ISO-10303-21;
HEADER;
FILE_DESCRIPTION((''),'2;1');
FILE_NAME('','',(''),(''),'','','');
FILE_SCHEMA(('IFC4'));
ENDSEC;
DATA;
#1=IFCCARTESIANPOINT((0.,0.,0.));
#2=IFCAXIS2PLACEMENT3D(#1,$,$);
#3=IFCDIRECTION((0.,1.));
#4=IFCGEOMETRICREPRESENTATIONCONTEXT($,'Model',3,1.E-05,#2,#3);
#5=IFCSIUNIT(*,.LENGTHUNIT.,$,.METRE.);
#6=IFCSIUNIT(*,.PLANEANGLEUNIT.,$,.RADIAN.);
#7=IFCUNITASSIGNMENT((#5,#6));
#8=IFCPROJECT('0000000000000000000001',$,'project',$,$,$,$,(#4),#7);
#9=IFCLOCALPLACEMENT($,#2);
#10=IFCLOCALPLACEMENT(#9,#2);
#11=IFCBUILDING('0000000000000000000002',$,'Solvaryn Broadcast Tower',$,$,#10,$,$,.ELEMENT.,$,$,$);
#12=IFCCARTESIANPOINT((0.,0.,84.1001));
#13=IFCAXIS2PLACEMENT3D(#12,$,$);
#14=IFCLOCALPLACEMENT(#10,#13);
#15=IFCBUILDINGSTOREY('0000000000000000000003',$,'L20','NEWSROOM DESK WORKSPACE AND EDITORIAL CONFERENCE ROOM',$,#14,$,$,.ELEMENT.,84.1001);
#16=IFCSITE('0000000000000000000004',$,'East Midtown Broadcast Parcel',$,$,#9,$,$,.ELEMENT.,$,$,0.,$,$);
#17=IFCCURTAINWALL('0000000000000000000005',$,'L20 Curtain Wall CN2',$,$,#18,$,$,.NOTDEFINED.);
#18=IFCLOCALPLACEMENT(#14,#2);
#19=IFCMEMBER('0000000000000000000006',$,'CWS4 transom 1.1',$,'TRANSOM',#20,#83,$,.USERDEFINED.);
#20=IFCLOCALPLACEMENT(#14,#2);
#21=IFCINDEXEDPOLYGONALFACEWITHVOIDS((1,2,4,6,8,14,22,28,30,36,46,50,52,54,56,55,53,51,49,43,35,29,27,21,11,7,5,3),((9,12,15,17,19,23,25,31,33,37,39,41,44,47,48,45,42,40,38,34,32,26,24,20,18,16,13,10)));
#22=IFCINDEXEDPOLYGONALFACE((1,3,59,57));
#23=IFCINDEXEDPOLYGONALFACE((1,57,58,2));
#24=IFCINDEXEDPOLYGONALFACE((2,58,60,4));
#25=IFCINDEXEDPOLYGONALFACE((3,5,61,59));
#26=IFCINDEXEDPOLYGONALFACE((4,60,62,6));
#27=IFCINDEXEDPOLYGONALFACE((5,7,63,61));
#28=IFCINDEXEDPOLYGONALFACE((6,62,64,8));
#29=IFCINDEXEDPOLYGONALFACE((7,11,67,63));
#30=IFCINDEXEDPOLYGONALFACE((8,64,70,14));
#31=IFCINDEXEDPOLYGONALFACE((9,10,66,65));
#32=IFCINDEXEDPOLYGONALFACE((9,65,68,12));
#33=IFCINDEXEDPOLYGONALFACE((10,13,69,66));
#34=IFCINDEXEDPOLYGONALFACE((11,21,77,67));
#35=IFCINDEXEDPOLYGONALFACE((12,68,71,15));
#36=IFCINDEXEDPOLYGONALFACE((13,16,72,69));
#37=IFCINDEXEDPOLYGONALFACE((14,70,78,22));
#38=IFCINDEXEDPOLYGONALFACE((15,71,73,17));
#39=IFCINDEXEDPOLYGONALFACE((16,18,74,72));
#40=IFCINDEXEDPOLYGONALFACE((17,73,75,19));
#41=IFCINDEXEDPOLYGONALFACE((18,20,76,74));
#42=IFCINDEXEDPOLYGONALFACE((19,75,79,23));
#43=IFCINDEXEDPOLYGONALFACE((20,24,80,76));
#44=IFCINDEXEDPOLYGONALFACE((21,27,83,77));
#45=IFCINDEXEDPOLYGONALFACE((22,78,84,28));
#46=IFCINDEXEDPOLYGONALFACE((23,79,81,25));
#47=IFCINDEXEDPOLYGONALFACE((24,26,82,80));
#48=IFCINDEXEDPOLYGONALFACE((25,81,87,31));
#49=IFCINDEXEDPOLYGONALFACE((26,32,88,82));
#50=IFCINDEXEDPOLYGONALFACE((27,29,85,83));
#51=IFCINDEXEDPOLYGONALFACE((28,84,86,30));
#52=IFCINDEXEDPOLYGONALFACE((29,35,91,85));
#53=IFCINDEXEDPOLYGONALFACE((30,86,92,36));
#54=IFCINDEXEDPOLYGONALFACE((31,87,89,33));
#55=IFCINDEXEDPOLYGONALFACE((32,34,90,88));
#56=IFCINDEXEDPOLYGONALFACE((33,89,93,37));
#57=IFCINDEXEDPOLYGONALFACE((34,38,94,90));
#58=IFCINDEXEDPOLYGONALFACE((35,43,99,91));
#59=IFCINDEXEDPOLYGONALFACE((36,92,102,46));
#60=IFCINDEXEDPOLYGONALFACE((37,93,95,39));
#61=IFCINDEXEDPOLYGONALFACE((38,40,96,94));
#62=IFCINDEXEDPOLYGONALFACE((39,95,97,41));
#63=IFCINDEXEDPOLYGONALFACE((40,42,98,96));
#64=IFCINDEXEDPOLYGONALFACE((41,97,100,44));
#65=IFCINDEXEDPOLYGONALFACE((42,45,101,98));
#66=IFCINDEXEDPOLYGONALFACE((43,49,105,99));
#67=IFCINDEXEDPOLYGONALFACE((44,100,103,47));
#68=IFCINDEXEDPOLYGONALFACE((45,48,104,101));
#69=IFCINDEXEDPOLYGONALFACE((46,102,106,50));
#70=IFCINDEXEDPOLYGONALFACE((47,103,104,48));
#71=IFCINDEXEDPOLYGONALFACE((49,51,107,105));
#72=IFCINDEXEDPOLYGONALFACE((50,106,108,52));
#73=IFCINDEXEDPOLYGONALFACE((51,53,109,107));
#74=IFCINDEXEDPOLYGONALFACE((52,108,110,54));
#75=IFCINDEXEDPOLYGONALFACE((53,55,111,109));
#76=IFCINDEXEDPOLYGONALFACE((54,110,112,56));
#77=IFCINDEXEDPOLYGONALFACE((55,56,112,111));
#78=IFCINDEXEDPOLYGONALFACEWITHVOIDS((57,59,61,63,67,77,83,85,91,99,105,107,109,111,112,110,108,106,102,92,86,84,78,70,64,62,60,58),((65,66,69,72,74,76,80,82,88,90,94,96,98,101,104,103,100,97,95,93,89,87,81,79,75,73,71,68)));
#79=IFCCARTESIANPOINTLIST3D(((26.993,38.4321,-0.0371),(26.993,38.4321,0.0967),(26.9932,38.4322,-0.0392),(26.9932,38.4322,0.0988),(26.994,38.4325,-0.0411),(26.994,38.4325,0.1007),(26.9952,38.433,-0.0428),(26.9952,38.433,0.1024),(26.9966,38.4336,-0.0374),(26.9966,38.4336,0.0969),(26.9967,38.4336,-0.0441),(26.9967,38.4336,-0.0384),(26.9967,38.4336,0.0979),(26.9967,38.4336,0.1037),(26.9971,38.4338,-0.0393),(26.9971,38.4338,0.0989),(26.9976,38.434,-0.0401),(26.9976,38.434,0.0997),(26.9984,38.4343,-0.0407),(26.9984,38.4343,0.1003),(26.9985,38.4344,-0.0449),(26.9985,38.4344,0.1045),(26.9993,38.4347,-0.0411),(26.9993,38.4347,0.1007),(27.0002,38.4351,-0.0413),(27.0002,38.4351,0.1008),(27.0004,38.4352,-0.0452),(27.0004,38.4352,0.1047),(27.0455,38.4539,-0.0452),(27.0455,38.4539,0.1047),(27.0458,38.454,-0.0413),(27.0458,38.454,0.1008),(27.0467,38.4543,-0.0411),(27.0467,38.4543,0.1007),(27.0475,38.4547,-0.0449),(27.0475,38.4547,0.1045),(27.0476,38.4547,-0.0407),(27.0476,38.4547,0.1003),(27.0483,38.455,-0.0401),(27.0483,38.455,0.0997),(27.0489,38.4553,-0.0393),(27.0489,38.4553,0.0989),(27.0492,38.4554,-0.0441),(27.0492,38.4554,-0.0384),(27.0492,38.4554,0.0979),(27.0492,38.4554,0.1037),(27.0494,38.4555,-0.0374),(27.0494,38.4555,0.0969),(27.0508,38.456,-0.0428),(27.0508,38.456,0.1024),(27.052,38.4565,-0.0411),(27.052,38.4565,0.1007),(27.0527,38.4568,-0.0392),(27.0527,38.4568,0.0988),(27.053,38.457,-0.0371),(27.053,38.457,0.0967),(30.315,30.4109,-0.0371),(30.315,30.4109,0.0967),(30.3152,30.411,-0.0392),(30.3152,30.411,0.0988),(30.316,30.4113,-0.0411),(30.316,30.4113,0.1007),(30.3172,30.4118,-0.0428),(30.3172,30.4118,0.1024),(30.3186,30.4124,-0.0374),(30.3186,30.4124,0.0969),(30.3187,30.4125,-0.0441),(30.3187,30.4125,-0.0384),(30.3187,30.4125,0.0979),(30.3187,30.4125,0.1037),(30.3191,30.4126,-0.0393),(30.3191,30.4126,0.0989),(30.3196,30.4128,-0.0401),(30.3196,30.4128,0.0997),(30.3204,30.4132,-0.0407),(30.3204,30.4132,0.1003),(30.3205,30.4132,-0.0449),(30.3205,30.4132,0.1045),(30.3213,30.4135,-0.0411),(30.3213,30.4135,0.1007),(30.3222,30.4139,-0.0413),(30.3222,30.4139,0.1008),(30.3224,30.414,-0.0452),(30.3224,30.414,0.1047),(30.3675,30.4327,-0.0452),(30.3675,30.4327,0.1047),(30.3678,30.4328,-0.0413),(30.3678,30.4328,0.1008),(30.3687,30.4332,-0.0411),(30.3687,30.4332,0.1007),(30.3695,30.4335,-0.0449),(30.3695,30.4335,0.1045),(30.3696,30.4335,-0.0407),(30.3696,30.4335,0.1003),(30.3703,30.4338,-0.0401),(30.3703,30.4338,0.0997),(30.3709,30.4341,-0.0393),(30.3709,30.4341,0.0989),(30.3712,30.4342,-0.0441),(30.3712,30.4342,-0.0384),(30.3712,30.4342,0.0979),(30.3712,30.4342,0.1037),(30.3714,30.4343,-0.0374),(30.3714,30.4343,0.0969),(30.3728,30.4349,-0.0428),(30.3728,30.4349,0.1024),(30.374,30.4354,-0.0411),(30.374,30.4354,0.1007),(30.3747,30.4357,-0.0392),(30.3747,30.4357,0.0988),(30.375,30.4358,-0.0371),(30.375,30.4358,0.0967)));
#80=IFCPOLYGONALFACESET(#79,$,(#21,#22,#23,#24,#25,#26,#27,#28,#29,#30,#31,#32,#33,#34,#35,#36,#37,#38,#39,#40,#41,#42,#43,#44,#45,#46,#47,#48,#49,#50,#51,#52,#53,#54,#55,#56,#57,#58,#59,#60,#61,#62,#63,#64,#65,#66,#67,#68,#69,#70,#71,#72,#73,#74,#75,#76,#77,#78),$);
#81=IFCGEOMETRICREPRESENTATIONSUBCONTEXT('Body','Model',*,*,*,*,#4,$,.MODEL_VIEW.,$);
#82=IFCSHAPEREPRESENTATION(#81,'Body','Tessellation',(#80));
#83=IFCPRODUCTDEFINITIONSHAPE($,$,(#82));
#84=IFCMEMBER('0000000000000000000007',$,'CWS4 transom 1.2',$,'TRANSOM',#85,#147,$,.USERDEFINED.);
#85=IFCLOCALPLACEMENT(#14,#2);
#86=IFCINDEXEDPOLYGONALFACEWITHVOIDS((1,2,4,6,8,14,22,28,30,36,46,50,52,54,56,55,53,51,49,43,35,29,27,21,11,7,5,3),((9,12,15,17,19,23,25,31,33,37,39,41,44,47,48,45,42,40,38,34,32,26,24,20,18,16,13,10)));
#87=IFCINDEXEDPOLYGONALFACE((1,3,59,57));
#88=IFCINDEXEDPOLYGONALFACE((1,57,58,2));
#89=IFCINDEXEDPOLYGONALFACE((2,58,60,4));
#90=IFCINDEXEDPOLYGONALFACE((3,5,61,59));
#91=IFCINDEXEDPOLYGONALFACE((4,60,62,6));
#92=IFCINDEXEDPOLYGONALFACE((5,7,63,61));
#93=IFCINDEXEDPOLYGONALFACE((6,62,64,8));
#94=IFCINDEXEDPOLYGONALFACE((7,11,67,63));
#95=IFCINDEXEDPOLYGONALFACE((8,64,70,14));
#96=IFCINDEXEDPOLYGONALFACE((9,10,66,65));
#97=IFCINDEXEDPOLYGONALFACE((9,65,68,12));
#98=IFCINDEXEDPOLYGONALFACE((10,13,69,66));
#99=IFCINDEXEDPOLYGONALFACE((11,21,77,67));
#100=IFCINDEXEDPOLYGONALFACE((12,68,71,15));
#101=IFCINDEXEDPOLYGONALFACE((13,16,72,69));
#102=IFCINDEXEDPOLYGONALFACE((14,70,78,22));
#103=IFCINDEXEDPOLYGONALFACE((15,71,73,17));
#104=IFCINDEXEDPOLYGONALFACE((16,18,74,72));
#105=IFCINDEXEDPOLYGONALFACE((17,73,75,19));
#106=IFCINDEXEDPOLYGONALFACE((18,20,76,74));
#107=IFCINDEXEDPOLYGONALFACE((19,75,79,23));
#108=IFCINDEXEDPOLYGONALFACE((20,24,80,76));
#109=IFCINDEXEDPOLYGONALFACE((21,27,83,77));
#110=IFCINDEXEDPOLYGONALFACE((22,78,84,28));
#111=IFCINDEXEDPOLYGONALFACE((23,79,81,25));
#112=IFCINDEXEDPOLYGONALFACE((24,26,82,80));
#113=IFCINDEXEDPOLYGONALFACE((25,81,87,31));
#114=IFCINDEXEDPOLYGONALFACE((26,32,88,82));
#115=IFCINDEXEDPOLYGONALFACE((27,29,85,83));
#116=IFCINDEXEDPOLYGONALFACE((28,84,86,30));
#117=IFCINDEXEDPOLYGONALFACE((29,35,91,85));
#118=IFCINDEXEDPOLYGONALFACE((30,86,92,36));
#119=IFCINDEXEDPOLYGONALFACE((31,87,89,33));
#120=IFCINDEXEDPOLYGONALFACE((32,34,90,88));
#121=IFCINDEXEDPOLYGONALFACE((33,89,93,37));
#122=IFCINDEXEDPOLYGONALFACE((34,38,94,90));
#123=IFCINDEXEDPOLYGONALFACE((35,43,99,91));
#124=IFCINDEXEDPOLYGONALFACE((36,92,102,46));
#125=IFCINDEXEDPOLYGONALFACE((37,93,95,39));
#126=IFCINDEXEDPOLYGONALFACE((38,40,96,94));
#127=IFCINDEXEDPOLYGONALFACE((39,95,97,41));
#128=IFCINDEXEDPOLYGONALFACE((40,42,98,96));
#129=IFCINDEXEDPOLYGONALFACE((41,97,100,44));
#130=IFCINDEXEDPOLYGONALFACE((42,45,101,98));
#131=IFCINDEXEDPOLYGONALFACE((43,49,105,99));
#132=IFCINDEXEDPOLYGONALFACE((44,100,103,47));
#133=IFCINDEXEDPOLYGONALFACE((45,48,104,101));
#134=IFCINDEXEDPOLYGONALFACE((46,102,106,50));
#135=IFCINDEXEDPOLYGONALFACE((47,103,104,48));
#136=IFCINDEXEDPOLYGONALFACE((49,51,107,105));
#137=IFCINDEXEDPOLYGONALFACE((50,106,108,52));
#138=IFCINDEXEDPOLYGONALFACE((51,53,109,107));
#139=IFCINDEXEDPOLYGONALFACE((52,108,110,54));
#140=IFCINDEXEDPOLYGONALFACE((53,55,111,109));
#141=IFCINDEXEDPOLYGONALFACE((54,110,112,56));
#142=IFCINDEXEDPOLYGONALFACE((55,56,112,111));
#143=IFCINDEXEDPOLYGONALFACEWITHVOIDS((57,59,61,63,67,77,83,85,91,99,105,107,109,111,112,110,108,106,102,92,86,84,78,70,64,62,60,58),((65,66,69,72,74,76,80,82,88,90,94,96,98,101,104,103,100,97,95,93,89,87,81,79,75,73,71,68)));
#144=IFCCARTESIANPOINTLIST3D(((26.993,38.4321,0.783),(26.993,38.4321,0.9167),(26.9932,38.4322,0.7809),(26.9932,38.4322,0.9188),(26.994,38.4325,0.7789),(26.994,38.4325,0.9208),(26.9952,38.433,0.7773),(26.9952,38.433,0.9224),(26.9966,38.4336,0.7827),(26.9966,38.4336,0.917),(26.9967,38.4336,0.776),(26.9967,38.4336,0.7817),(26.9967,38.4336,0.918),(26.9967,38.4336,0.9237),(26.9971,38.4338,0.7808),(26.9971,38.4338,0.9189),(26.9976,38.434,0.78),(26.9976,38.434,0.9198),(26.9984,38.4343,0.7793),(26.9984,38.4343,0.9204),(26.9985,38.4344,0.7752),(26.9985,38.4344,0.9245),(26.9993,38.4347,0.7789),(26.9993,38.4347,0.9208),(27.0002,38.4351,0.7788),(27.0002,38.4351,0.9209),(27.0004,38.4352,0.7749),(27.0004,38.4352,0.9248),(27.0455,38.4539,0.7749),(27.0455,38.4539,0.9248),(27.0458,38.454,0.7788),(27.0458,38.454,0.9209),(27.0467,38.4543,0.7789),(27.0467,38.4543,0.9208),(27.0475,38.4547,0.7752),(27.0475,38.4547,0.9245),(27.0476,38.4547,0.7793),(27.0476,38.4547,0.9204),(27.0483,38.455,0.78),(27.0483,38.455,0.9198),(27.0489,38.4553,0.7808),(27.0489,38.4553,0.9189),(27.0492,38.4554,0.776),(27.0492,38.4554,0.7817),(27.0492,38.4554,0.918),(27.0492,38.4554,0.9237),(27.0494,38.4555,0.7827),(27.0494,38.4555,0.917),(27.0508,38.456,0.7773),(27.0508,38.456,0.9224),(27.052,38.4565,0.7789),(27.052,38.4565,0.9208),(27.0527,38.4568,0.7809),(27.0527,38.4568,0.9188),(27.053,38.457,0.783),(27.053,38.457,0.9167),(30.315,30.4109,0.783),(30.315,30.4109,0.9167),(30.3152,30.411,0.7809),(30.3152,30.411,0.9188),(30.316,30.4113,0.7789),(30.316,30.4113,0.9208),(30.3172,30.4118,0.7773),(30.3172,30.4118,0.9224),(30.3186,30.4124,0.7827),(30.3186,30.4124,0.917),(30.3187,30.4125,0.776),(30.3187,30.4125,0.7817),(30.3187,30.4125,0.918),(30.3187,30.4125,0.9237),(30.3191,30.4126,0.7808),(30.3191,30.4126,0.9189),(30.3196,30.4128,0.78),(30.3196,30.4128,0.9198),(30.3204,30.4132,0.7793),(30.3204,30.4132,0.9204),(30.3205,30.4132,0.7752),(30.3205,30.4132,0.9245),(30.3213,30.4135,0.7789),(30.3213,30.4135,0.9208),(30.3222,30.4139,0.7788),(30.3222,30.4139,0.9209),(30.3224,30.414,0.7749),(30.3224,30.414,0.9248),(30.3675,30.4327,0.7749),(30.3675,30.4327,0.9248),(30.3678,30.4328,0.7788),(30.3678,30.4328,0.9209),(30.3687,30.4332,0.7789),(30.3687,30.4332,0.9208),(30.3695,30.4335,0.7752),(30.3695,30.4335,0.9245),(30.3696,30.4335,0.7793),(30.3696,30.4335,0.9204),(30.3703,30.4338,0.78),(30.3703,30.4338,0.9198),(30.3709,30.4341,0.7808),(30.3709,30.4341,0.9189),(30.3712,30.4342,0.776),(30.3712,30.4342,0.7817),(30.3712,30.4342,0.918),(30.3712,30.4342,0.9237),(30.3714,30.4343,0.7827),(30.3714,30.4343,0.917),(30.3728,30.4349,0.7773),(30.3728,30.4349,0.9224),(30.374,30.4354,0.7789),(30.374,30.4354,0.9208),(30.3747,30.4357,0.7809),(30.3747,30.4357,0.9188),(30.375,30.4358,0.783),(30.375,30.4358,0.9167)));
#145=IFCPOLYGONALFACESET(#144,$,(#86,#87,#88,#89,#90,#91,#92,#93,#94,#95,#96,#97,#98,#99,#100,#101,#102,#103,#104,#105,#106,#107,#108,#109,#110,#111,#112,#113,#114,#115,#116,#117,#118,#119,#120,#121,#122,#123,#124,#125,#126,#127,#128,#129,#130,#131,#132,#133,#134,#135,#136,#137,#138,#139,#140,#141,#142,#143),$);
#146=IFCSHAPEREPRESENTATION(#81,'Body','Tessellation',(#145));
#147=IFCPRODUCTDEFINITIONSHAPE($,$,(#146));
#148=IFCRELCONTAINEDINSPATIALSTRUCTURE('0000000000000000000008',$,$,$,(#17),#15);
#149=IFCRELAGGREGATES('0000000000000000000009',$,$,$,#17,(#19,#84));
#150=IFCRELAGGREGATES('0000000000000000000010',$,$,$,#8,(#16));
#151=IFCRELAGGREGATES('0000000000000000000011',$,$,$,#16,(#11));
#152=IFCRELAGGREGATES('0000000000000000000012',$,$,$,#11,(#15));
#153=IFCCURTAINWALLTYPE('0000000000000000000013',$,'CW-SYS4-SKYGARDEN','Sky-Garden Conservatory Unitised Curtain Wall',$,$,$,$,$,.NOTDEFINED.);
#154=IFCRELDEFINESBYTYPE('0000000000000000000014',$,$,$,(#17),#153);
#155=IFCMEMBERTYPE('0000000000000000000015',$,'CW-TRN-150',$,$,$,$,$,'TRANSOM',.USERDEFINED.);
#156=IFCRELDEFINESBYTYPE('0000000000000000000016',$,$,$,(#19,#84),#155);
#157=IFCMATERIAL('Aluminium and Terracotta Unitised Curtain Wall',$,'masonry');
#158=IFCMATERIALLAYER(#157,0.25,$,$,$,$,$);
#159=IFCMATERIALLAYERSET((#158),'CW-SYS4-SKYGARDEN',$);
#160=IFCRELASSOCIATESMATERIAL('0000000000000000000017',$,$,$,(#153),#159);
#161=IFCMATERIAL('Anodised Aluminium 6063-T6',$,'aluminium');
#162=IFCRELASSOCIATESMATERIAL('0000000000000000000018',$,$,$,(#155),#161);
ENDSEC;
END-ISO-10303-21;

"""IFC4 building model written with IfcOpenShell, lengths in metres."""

from ifc_helpers import new_model, si_unit, direction, frame, origin, origin_2d, place, context, subcontext, project, spatial, hollow_rectangle, extrude, material, layer, layer_set, material_profile, profile_set, type_object, element, aggregate, save


model = new_model("IFC4")

# Units and contexts
model_context = context("Model", 3, precision=1e-05, world=origin(), true_north=direction((0.0, 1.0)))
body_context = subcontext(model_context, "Body", "Model", "MODEL_VIEW")
ifc_project = project(units=[si_unit("LENGTHUNIT", "METRE"), si_unit("PLANEANGLEUNIT", "RADIAN")], contexts=[model_context])

# Site, building, storey
site_placement = place(None, origin())
site = spatial("IfcSite", under=ifc_project, at=site_placement, Name="East Midtown Broadcast Parcel", CompositionType="ELEMENT", RefElevation=0.0)
building_placement = place(site_placement, origin())
building = spatial("IfcBuilding", under=site, at=building_placement, Name="Solvaryn Broadcast Tower", CompositionType="ELEMENT")
storey_placement = place(building_placement, frame((0.0, 0.0, 84.1001)))
storey = spatial("IfcBuildingStorey", under=building, at=storey_placement, Name="L20", Description="NEWSROOM DESK WORKSPACE AND EDITORIAL CONFERENCE ROOM", CompositionType="ELEMENT", Elevation=84.1001)

# Shared definitions
ifc_material_1 = material(Name="Aluminium and Terracotta Unitised Curtain Wall", Category="masonry")
ifc_layer_1 = layer(ifc_material_1, 0.25)
ifc_layer_set_1 = layer_set([ifc_layer_1], Name="CW-SYS4-SKYGARDEN")
curtain_wall_type = type_object("IfcCurtainWallType", Name="CW-SYS4-SKYGARDEN", Description="Sky-Garden Conservatory Unitised Curtain Wall", PredefinedType="NOTDEFINED", material=ifc_layer_set_1)

# Curtain wall
curtain_wall_1_placement = place(storey_placement, origin())
curtain_wall_1 = element("IfcCurtainWall", 1, at=curtain_wall_1_placement, inside=storey, type_object=curtain_wall_type, Name="L20 Curtain Wall CN2", PredefinedType="NOTDEFINED")

# Members
ifc_material_2 = material(Name="Anodised Aluminium 6063-T6", Category="aluminium")
ifc_material_profile_1 = material_profile(ifc_material_2, hollow_rectangle(XDim=0.0649, YDim=0.1499, WallThickness=0.0039, InnerFilletRadius=0.0039, OuterFilletRadius=0.0081, at=origin_2d()))
ifc_profile_set_1 = profile_set([ifc_material_profile_1], Name="Anodised Aluminium 6063-T6")
member_type_1 = type_object("IfcMemberType", Name="CW-TRN-150", ElementType="TRANSOM", PredefinedType="USERDEFINED", material=ifc_profile_set_1)
member_1_placement = place(storey_placement, frame((30.345, 30.4233, 0.0298), z_axis=(-0.382636, 0.923899, 0.0), x_axis=(-0.923899, -0.382636, 0.0)))
member_1 = element("IfcMember", 2, at=member_1_placement, type_object=member_type_1, Name="CWS4 transom 1.1", ObjectType="TRANSOM", PredefinedType="USERDEFINED", context=body_context, shape_type="SweptSolid", body=[
    extrude(hollow_rectangle(XDim=0.0649, YDim=0.1499, WallThickness=0.0039, InnerFilletRadius=0.0039, OuterFilletRadius=0.0081, at=origin_2d()), origin(), (0.0, 0.0, 1.0), 8.6819),
])
member_2_placement = place(storey_placement, frame((30.345, 30.4233, 0.8499), z_axis=(-0.382636, 0.923899, 0.0), x_axis=(-0.923899, -0.382636, 0.0)))
member_2 = element("IfcMember", 3, at=member_2_placement, type_object=member_type_1, Name="CWS4 transom 1.2", ObjectType="TRANSOM", PredefinedType="USERDEFINED", context=body_context, shape_type="SweptSolid", body=[
    extrude(hollow_rectangle(XDim=0.0649, YDim=0.1499, WallThickness=0.0039, InnerFilletRadius=0.0039, OuterFilletRadius=0.0081, at=origin_2d()), origin(), (0.0, 0.0, 1.0), 8.6819),
])

aggregate(curtain_wall_1, [member_1, member_2])

save(model, "model.ifc")
